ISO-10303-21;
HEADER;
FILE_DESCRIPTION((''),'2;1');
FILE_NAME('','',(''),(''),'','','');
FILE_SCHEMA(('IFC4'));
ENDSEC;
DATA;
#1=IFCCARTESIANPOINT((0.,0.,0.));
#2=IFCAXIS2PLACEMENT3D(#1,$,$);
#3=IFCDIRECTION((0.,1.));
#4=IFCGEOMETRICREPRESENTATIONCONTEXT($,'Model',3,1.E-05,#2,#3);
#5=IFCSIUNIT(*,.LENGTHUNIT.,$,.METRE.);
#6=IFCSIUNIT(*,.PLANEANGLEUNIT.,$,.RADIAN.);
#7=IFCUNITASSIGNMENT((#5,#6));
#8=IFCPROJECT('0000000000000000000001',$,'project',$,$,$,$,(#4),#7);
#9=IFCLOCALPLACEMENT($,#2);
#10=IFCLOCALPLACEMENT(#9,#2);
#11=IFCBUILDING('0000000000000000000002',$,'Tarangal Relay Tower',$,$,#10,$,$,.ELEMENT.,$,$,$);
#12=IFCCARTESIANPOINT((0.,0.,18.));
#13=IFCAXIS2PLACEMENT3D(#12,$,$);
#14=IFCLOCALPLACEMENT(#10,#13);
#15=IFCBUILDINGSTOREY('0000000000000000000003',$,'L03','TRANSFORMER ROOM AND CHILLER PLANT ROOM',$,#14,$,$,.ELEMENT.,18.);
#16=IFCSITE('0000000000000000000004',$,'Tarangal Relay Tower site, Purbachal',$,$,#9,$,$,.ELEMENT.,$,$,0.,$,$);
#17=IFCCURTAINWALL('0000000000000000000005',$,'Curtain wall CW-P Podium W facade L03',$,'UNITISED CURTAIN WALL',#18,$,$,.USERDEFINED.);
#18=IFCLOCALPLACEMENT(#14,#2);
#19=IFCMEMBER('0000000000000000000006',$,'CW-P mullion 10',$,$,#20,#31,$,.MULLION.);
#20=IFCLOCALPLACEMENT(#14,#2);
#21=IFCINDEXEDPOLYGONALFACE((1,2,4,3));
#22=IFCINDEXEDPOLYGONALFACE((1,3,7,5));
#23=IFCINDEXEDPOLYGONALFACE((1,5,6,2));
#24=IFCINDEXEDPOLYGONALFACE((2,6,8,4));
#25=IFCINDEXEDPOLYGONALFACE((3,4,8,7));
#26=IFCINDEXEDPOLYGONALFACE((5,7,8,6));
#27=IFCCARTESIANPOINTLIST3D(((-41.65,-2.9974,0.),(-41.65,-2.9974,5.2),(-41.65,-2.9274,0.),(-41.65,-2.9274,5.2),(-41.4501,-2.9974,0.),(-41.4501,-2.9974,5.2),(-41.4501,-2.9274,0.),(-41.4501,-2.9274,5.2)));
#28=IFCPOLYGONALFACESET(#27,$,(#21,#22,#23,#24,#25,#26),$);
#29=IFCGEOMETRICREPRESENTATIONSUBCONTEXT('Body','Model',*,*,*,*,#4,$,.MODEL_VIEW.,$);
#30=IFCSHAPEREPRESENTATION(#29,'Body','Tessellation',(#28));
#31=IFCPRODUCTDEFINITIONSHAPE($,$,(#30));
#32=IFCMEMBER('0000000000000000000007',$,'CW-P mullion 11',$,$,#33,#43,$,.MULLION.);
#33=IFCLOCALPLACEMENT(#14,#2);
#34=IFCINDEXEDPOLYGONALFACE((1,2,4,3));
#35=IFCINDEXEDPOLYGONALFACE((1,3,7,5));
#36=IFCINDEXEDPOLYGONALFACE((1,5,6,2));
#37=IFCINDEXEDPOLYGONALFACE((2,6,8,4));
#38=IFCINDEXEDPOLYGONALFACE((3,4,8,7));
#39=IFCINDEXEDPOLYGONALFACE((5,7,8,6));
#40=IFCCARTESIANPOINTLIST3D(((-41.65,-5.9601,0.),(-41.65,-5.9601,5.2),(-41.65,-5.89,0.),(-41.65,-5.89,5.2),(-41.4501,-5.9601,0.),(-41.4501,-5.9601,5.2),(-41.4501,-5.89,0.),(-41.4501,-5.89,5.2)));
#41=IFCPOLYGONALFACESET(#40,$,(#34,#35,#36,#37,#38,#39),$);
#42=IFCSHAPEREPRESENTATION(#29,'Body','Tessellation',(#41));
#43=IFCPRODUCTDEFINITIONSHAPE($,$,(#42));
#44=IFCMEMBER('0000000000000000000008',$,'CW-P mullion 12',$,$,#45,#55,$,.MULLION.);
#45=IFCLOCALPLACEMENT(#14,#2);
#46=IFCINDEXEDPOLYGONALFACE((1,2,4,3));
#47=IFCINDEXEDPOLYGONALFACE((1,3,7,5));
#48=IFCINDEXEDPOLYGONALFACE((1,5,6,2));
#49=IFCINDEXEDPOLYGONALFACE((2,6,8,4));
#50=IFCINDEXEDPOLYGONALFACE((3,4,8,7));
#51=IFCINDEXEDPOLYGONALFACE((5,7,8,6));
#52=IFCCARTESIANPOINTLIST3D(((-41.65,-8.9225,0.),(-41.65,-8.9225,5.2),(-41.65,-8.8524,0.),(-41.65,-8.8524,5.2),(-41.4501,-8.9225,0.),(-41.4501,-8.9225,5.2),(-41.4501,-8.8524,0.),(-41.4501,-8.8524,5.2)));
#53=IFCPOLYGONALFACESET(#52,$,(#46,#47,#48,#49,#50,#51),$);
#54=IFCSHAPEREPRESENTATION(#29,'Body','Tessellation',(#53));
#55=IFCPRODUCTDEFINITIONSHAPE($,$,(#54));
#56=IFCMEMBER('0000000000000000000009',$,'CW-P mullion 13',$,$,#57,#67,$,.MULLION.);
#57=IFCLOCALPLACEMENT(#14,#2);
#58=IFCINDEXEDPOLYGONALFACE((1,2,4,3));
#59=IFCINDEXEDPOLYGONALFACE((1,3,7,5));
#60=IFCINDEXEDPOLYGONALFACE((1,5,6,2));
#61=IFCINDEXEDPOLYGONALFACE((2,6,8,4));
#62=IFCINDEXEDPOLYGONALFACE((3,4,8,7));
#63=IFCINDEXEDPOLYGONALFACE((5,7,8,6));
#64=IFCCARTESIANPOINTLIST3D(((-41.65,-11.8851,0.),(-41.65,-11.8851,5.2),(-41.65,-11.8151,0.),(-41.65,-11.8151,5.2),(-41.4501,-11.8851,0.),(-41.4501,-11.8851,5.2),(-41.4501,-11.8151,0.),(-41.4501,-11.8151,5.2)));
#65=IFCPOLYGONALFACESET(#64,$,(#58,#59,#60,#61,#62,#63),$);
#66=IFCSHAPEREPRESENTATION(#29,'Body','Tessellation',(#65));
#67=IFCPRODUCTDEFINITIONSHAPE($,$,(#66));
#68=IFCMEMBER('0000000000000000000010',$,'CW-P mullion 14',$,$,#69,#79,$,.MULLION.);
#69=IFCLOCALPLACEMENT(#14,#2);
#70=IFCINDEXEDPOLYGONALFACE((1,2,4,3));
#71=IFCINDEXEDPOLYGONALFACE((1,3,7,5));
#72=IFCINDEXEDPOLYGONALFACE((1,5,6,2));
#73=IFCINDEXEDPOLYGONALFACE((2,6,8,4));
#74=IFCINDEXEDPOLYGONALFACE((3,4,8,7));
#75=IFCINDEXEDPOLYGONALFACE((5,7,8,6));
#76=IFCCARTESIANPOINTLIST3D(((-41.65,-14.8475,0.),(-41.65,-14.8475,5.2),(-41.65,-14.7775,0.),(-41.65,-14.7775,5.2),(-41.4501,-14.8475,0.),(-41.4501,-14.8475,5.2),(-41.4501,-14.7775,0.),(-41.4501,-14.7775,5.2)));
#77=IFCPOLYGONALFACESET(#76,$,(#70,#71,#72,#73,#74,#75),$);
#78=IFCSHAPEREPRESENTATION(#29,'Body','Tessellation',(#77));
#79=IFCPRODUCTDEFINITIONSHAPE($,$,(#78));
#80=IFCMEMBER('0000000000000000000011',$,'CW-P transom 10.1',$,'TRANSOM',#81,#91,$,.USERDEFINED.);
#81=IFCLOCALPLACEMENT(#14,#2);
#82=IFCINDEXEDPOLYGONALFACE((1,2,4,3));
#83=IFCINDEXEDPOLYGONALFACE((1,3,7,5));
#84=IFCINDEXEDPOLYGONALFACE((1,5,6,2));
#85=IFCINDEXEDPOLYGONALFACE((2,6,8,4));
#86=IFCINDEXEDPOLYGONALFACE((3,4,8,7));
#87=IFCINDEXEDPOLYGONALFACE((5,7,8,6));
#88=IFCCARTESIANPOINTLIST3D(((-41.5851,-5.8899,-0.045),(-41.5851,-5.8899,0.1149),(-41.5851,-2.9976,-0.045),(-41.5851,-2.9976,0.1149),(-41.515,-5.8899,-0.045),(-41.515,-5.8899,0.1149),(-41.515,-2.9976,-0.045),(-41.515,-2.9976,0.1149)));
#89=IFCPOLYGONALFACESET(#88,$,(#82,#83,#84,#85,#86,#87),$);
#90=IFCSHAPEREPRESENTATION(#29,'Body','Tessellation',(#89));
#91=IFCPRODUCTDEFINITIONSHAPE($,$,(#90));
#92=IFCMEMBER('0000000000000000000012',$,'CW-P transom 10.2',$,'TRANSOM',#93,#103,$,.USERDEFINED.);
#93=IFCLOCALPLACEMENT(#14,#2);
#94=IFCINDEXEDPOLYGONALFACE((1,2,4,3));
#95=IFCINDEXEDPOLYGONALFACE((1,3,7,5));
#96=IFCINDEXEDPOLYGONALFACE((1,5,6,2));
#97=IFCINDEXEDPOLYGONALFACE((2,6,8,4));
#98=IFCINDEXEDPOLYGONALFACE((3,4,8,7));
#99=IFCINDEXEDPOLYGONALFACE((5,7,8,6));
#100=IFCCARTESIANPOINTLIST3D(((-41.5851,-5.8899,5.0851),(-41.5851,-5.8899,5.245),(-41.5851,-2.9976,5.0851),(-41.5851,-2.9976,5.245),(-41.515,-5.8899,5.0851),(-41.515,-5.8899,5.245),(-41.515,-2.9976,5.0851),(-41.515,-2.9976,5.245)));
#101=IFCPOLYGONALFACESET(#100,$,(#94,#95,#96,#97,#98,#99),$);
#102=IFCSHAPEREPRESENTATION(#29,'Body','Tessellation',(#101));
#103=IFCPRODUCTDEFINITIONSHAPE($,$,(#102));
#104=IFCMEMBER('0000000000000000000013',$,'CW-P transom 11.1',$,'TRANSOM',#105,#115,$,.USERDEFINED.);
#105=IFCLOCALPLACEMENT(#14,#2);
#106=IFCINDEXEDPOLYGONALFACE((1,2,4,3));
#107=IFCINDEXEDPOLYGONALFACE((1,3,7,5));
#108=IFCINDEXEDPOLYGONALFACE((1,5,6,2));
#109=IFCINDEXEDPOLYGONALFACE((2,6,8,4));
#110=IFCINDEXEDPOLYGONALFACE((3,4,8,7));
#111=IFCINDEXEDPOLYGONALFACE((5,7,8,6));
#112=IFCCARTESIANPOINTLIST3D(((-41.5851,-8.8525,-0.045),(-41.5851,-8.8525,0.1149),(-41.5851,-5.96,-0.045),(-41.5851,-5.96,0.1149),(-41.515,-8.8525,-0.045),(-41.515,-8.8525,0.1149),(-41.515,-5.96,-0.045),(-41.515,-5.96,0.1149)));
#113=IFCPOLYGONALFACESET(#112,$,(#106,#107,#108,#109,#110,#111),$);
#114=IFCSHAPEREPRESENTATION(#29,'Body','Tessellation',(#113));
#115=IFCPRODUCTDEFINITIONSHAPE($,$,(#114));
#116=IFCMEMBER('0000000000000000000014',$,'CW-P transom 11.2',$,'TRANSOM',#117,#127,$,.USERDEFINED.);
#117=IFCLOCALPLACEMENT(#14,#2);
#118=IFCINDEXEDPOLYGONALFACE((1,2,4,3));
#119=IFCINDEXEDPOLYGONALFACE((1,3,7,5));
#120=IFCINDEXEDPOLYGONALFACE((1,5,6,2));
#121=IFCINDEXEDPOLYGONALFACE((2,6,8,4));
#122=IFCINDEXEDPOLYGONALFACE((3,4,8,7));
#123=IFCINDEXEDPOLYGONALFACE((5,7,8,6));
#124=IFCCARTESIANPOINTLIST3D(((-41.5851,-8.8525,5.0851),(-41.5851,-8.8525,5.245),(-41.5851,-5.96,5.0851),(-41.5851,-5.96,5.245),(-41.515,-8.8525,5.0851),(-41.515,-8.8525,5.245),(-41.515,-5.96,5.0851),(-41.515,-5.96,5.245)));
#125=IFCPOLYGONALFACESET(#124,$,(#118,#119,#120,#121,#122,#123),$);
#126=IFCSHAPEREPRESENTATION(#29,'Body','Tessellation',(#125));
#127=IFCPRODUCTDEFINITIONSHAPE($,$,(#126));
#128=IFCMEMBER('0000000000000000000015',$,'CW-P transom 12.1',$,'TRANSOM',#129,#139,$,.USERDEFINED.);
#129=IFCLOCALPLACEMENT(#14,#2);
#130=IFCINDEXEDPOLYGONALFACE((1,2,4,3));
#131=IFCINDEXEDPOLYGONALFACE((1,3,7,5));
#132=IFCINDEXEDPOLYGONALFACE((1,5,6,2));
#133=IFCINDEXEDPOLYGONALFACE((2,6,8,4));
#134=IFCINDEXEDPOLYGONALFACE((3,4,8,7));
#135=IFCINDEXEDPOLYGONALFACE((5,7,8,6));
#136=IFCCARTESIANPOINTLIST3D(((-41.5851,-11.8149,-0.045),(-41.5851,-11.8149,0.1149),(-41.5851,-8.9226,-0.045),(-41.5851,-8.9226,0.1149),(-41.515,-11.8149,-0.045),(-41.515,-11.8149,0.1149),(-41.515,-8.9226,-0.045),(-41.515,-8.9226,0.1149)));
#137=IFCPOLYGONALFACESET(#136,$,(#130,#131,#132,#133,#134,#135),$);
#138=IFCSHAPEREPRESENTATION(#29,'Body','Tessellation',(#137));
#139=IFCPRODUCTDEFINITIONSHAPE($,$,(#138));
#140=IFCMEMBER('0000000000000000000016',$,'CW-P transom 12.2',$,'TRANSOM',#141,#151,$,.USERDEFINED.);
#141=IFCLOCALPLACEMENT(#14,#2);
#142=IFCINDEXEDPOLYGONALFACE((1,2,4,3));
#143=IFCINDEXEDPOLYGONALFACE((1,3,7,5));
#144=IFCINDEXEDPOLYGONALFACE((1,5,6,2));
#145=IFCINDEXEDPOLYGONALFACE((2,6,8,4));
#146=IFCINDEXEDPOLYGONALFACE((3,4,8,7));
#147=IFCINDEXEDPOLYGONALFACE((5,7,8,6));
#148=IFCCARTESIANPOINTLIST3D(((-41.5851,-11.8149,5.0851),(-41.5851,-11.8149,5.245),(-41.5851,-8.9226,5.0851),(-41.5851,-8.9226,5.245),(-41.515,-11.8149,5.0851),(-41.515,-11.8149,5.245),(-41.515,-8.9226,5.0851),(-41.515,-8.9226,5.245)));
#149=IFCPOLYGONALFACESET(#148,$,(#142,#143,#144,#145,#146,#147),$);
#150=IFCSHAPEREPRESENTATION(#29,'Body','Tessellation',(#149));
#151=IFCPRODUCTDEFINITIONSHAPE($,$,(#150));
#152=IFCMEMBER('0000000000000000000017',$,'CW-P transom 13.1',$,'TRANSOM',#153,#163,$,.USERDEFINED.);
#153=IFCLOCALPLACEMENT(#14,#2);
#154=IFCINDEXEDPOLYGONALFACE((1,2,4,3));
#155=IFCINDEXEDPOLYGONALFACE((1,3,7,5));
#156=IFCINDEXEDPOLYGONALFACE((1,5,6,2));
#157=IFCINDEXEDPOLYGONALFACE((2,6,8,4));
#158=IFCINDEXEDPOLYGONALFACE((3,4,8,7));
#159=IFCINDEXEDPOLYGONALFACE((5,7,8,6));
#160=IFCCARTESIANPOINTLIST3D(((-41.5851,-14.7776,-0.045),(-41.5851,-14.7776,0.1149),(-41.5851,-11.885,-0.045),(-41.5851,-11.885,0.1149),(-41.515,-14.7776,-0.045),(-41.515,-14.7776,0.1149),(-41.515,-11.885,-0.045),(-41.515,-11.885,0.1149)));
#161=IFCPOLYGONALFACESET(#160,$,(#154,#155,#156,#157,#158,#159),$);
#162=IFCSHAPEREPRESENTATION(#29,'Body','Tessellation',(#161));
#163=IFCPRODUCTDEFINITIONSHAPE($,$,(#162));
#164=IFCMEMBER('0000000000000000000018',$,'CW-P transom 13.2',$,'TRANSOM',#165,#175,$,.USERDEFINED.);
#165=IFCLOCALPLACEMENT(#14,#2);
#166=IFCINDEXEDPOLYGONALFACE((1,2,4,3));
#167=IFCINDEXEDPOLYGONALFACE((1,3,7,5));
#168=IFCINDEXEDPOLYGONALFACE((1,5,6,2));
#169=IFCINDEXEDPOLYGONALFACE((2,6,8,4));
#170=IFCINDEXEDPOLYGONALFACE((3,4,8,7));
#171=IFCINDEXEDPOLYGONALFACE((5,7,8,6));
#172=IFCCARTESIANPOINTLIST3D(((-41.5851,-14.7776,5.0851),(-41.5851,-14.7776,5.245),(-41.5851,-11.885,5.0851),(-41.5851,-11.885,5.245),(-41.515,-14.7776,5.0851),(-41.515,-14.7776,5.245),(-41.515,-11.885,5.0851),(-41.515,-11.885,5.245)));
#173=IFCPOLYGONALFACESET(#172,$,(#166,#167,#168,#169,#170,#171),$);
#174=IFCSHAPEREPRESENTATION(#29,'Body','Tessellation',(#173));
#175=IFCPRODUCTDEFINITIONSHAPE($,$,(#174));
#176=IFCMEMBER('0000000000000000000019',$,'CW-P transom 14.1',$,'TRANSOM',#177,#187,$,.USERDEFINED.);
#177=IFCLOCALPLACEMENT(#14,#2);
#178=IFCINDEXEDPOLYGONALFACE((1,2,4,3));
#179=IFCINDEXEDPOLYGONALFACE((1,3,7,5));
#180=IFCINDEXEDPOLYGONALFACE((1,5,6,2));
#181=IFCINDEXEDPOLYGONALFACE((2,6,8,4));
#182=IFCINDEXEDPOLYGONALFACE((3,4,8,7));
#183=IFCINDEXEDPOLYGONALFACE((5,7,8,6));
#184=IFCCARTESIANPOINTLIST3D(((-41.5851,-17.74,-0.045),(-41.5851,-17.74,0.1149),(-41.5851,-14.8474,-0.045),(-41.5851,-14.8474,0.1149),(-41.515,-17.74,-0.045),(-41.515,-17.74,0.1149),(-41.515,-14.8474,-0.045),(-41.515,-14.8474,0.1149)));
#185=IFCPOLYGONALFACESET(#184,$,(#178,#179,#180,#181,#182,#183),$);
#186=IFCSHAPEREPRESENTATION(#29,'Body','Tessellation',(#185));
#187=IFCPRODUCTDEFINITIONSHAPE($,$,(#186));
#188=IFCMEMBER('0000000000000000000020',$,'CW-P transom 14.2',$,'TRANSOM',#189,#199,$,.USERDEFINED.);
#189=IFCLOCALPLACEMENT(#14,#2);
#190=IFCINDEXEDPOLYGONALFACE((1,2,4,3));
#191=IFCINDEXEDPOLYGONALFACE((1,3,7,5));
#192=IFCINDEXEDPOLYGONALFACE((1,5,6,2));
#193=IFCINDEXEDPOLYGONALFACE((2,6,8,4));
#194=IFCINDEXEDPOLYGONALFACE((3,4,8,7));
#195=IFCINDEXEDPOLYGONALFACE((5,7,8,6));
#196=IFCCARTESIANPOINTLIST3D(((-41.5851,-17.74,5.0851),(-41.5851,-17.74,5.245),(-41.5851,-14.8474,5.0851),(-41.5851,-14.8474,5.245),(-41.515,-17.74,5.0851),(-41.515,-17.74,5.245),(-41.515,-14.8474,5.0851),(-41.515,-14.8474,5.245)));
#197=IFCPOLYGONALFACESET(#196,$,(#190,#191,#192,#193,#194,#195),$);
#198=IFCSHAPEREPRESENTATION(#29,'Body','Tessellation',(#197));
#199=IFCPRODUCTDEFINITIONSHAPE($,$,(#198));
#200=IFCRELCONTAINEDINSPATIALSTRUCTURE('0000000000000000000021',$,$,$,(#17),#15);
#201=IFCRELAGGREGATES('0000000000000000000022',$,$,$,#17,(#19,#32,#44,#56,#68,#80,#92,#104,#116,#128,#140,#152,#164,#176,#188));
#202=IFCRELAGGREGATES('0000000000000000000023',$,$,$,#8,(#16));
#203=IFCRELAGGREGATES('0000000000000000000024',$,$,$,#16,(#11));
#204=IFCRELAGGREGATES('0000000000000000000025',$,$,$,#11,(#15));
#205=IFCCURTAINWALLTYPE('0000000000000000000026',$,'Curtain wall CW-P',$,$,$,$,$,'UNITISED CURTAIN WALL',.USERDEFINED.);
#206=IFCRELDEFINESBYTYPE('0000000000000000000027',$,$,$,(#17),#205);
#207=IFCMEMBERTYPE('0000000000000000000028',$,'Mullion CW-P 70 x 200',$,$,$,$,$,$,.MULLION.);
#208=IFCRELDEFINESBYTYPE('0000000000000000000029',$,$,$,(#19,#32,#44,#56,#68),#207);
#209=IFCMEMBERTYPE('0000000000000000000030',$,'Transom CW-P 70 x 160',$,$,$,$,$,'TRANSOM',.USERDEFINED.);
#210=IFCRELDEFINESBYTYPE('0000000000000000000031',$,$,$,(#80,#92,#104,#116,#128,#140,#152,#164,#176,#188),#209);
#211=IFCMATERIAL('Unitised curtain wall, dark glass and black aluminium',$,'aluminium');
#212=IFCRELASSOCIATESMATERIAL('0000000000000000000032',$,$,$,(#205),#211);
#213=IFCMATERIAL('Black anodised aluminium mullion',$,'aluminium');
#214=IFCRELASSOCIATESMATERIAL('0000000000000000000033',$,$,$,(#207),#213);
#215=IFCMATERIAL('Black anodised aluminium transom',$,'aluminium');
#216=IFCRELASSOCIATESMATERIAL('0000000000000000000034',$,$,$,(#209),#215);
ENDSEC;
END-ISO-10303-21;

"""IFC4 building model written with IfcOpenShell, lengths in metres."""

from ifc_helpers import new_model, si_unit, direction, frame, origin, origin_2d, place, context, subcontext, project, spatial, rectangle, extrude, material, material_profile, profile_set, type_object, element, aggregate, save


model = new_model("IFC4")

# Units and contexts
model_context = context("Model", 3, precision=1e-05, world=origin(), true_north=direction((0.0, 1.0)))
body_context = subcontext(model_context, "Body", "Model", "MODEL_VIEW")
ifc_project = project(units=[si_unit("LENGTHUNIT", "METRE"), si_unit("PLANEANGLEUNIT", "RADIAN")], contexts=[model_context])

# Site, building, storey
site_placement = place(None, origin())
site = spatial("IfcSite", under=ifc_project, at=site_placement, Name="Tarangal Relay Tower site, Purbachal", CompositionType="ELEMENT", RefElevation=0.0)
building_placement = place(site_placement, origin())
building = spatial("IfcBuilding", under=site, at=building_placement, Name="Tarangal Relay Tower", CompositionType="ELEMENT")
storey_placement = place(building_placement, frame((0.0, 0.0, 18.0)))
storey = spatial("IfcBuildingStorey", under=building, at=storey_placement, Name="L03", Description="TRANSFORMER ROOM AND CHILLER PLANT ROOM", CompositionType="ELEMENT", Elevation=18.0)

# Curtain wall, members
ifc_material_1 = material(Name="Unitised curtain wall, dark glass and black aluminium", Category="aluminium")
curtain_wall_type = type_object("IfcCurtainWallType", Name="Curtain wall CW-P", ElementType="UNITISED CURTAIN WALL", PredefinedType="USERDEFINED", material=ifc_material_1)
curtain_wall_placement = place(storey_placement, origin())
curtain_wall = element("IfcCurtainWall", 1, at=curtain_wall_placement, inside=storey, type_object=curtain_wall_type, Name="Curtain wall CW-P Podium W facade L03", ObjectType="UNITISED CURTAIN WALL", PredefinedType="USERDEFINED")
ifc_material_2 = material(Name="Black anodised aluminium mullion", Category="aluminium")
ifc_material_profile_1 = material_profile(ifc_material_2, rectangle(XDim=0.2, YDim=0.0701, at=origin_2d()), Name="CW-PM 70X200")
ifc_profile_set_1 = profile_set([ifc_material_profile_1], Name="Black anodised aluminium mullion")
member_type_1 = type_object("IfcMemberType", Name="Mullion CW-P 70 x 200", PredefinedType="MULLION", material=ifc_profile_set_1)
member_1_placement = place(storey_placement, frame((-41.55, -2.9624, 0.0), z_axis=(0.0, 0.0, 1.0), x_axis=(1.0, 0.0, 0.0)))
member_1 = element("IfcMember", 2, at=member_1_placement, type_object=member_type_1, Name="CW-P mullion 10", PredefinedType="MULLION", context=body_context, shape_type="SweptSolid", body=[
    extrude(rectangle(XDim=0.2, YDim=0.0701, at=origin_2d()), origin(), (0.0, 0.0, 1.0), 5.2),
])
member_2_placement = place(storey_placement, frame((-41.55, -5.925, 0.0), z_axis=(0.0, 0.0, 1.0), x_axis=(1.0, 0.0, 0.0)))
member_2 = element("IfcMember", 3, at=member_2_placement, type_object=member_type_1, Name="CW-P mullion 11", PredefinedType="MULLION", context=body_context, shape_type="SweptSolid", body=[
    extrude(rectangle(XDim=0.2, YDim=0.0701, at=origin_2d()), origin(), (0.0, 0.0, 1.0), 5.2),
])
member_3_placement = place(storey_placement, frame((-41.55, -8.8875, 0.0), z_axis=(0.0, 0.0, 1.0), x_axis=(1.0, 0.0, 0.0)))
member_3 = element("IfcMember", 4, at=member_3_placement, type_object=member_type_1, Name="CW-P mullion 12", PredefinedType="MULLION", context=body_context, shape_type="SweptSolid", body=[
    extrude(rectangle(XDim=0.2, YDim=0.0701, at=origin_2d()), origin(), (0.0, 0.0, 1.0), 5.2),
])
member_4_placement = place(storey_placement, frame((-41.55, -11.8501, 0.0), z_axis=(0.0, 0.0, 1.0), x_axis=(1.0, 0.0, 0.0)))
member_4 = element("IfcMember", 5, at=member_4_placement, type_object=member_type_1, Name="CW-P mullion 13", PredefinedType="MULLION", context=body_context, shape_type="SweptSolid", body=[
    extrude(rectangle(XDim=0.2, YDim=0.0701, at=origin_2d()), origin(), (0.0, 0.0, 1.0), 5.2),
])
member_5_placement = place(storey_placement, frame((-41.55, -14.8125, 0.0), z_axis=(0.0, 0.0, 1.0), x_axis=(1.0, 0.0, 0.0)))
member_5 = element("IfcMember", 6, at=member_5_placement, type_object=member_type_1, Name="CW-P mullion 14", PredefinedType="MULLION", context=body_context, shape_type="SweptSolid", body=[
    extrude(rectangle(XDim=0.2, YDim=0.0701, at=origin_2d()), origin(), (0.0, 0.0, 1.0), 5.2),
])
ifc_material_3 = material(Name="Black anodised aluminium transom", Category="aluminium")
ifc_material_profile_2 = material_profile(ifc_material_3, rectangle(XDim=0.0701, YDim=0.1599, at=origin_2d()), Name="CW-PT 70X160")
ifc_profile_set_2 = profile_set([ifc_material_profile_2], Name="Black anodised aluminium transom")
member_type_2 = type_object("IfcMemberType", Name="Transom CW-P 70 x 160", ElementType="TRANSOM", PredefinedType="USERDEFINED", material=ifc_profile_set_2)
member_6_placement = place(storey_placement, frame((-41.55, -2.9976, 0.0349), z_axis=(0.0, -1.0, 0.0), x_axis=(1.0, 0.0, 0.0)))
member_6 = element("IfcMember", 7, at=member_6_placement, type_object=member_type_2, Name="CW-P transom 10.1", ObjectType="TRANSOM", PredefinedType="USERDEFINED", context=body_context, shape_type="SweptSolid", body=[
    extrude(rectangle(XDim=0.0701, YDim=0.1599, at=origin_2d()), origin(), (0.0, 0.0, 1.0), 2.8923),
])
member_7_placement = place(storey_placement, frame((-41.55, -2.9976, 5.165), z_axis=(0.0, -1.0, 0.0), x_axis=(1.0, 0.0, 0.0)))
member_7 = element("IfcMember", 8, at=member_7_placement, type_object=member_type_2, Name="CW-P transom 10.2", ObjectType="TRANSOM", PredefinedType="USERDEFINED", context=body_context, shape_type="SweptSolid", body=[
    extrude(rectangle(XDim=0.0701, YDim=0.1599, at=origin_2d()), origin(), (0.0, 0.0, 1.0), 2.8923),
])
member_8_placement = place(storey_placement, frame((-41.55, -5.96, 0.0349), z_axis=(0.0, -1.0, 0.0), x_axis=(1.0, 0.0, 0.0)))
member_8 = element("IfcMember", 9, at=member_8_placement, type_object=member_type_2, Name="CW-P transom 11.1", ObjectType="TRANSOM", PredefinedType="USERDEFINED", context=body_context, shape_type="SweptSolid", body=[
    extrude(rectangle(XDim=0.0701, YDim=0.1599, at=origin_2d()), origin(), (0.0, 0.0, 1.0), 2.8926),
])
member_9_placement = place(storey_placement, frame((-41.55, -5.96, 5.165), z_axis=(0.0, -1.0, 0.0), x_axis=(1.0, 0.0, 0.0)))
member_9 = element("IfcMember", 10, at=member_9_placement, type_object=member_type_2, Name="CW-P transom 11.2", ObjectType="TRANSOM", PredefinedType="USERDEFINED", context=body_context, shape_type="SweptSolid", body=[
    extrude(rectangle(XDim=0.0701, YDim=0.1599, at=origin_2d()), origin(), (0.0, 0.0, 1.0), 2.8926),
])
member_10_placement = place(storey_placement, frame((-41.55, -8.9226, 0.0349), z_axis=(0.0, -1.0, 0.0), x_axis=(1.0, 0.0, 0.0)))
member_10 = element("IfcMember", 11, at=member_10_placement, type_object=member_type_2, Name="CW-P transom 12.1", ObjectType="TRANSOM", PredefinedType="USERDEFINED", context=body_context, shape_type="SweptSolid", body=[
    extrude(rectangle(XDim=0.0701, YDim=0.1599, at=origin_2d()), origin(), (0.0, 0.0, 1.0), 2.8923),
])
member_11_placement = place(storey_placement, frame((-41.55, -8.9226, 5.165), z_axis=(0.0, -1.0, 0.0), x_axis=(1.0, 0.0, 0.0)))
member_11 = element("IfcMember", 12, at=member_11_placement, type_object=member_type_2, Name="CW-P transom 12.2", ObjectType="TRANSOM", PredefinedType="USERDEFINED", context=body_context, shape_type="SweptSolid", body=[
    extrude(rectangle(XDim=0.0701, YDim=0.1599, at=origin_2d()), origin(), (0.0, 0.0, 1.0), 2.8923),
])
member_12_placement = place(storey_placement, frame((-41.55, -11.885, 0.0349), z_axis=(0.0, -1.0, 0.0), x_axis=(1.0, 0.0, 0.0)))
member_12 = element("IfcMember", 13, at=member_12_placement, type_object=member_type_2, Name="CW-P transom 13.1", ObjectType="TRANSOM", PredefinedType="USERDEFINED", context=body_context, shape_type="SweptSolid", body=[
    extrude(rectangle(XDim=0.0701, YDim=0.1599, at=origin_2d()), origin(), (0.0, 0.0, 1.0), 2.8926),
])
member_13_placement = place(storey_placement, frame((-41.55, -11.885, 5.165), z_axis=(0.0, -1.0, 0.0), x_axis=(1.0, 0.0, 0.0)))
member_13 = element("IfcMember", 14, at=member_13_placement, type_object=member_type_2, Name="CW-P transom 13.2", ObjectType="TRANSOM", PredefinedType="USERDEFINED", context=body_context, shape_type="SweptSolid", body=[
    extrude(rectangle(XDim=0.0701, YDim=0.1599, at=origin_2d()), origin(), (0.0, 0.0, 1.0), 2.8926),
])
member_14_placement = place(storey_placement, frame((-41.55, -14.8474, 0.0349), z_axis=(0.0, -1.0, 0.0), x_axis=(1.0, 0.0, 0.0)))
member_14 = element("IfcMember", 15, at=member_14_placement, type_object=member_type_2, Name="CW-P transom 14.1", ObjectType="TRANSOM", PredefinedType="USERDEFINED", context=body_context, shape_type="SweptSolid", body=[
    extrude(rectangle(XDim=0.0701, YDim=0.1599, at=origin_2d()), origin(), (0.0, 0.0, 1.0), 2.8926),
])
member_15_placement = place(storey_placement, frame((-41.55, -14.8474, 5.165), z_axis=(0.0, -1.0, 0.0), x_axis=(1.0, 0.0, 0.0)))
member_15 = element("IfcMember", 16, at=member_15_placement, type_object=member_type_2, Name="CW-P transom 14.2", ObjectType="TRANSOM", PredefinedType="USERDEFINED", context=body_context, shape_type="SweptSolid", body=[
    extrude(rectangle(XDim=0.0701, YDim=0.1599, at=origin_2d()), origin(), (0.0, 0.0, 1.0), 2.8926),
])
aggregate(curtain_wall, [member_1, member_2, member_3, member_4, member_5, member_6, member_7, member_8, member_9, member_10, member_11, member_12, member_13, member_14, member_15])

save(model, "model.ifc")
